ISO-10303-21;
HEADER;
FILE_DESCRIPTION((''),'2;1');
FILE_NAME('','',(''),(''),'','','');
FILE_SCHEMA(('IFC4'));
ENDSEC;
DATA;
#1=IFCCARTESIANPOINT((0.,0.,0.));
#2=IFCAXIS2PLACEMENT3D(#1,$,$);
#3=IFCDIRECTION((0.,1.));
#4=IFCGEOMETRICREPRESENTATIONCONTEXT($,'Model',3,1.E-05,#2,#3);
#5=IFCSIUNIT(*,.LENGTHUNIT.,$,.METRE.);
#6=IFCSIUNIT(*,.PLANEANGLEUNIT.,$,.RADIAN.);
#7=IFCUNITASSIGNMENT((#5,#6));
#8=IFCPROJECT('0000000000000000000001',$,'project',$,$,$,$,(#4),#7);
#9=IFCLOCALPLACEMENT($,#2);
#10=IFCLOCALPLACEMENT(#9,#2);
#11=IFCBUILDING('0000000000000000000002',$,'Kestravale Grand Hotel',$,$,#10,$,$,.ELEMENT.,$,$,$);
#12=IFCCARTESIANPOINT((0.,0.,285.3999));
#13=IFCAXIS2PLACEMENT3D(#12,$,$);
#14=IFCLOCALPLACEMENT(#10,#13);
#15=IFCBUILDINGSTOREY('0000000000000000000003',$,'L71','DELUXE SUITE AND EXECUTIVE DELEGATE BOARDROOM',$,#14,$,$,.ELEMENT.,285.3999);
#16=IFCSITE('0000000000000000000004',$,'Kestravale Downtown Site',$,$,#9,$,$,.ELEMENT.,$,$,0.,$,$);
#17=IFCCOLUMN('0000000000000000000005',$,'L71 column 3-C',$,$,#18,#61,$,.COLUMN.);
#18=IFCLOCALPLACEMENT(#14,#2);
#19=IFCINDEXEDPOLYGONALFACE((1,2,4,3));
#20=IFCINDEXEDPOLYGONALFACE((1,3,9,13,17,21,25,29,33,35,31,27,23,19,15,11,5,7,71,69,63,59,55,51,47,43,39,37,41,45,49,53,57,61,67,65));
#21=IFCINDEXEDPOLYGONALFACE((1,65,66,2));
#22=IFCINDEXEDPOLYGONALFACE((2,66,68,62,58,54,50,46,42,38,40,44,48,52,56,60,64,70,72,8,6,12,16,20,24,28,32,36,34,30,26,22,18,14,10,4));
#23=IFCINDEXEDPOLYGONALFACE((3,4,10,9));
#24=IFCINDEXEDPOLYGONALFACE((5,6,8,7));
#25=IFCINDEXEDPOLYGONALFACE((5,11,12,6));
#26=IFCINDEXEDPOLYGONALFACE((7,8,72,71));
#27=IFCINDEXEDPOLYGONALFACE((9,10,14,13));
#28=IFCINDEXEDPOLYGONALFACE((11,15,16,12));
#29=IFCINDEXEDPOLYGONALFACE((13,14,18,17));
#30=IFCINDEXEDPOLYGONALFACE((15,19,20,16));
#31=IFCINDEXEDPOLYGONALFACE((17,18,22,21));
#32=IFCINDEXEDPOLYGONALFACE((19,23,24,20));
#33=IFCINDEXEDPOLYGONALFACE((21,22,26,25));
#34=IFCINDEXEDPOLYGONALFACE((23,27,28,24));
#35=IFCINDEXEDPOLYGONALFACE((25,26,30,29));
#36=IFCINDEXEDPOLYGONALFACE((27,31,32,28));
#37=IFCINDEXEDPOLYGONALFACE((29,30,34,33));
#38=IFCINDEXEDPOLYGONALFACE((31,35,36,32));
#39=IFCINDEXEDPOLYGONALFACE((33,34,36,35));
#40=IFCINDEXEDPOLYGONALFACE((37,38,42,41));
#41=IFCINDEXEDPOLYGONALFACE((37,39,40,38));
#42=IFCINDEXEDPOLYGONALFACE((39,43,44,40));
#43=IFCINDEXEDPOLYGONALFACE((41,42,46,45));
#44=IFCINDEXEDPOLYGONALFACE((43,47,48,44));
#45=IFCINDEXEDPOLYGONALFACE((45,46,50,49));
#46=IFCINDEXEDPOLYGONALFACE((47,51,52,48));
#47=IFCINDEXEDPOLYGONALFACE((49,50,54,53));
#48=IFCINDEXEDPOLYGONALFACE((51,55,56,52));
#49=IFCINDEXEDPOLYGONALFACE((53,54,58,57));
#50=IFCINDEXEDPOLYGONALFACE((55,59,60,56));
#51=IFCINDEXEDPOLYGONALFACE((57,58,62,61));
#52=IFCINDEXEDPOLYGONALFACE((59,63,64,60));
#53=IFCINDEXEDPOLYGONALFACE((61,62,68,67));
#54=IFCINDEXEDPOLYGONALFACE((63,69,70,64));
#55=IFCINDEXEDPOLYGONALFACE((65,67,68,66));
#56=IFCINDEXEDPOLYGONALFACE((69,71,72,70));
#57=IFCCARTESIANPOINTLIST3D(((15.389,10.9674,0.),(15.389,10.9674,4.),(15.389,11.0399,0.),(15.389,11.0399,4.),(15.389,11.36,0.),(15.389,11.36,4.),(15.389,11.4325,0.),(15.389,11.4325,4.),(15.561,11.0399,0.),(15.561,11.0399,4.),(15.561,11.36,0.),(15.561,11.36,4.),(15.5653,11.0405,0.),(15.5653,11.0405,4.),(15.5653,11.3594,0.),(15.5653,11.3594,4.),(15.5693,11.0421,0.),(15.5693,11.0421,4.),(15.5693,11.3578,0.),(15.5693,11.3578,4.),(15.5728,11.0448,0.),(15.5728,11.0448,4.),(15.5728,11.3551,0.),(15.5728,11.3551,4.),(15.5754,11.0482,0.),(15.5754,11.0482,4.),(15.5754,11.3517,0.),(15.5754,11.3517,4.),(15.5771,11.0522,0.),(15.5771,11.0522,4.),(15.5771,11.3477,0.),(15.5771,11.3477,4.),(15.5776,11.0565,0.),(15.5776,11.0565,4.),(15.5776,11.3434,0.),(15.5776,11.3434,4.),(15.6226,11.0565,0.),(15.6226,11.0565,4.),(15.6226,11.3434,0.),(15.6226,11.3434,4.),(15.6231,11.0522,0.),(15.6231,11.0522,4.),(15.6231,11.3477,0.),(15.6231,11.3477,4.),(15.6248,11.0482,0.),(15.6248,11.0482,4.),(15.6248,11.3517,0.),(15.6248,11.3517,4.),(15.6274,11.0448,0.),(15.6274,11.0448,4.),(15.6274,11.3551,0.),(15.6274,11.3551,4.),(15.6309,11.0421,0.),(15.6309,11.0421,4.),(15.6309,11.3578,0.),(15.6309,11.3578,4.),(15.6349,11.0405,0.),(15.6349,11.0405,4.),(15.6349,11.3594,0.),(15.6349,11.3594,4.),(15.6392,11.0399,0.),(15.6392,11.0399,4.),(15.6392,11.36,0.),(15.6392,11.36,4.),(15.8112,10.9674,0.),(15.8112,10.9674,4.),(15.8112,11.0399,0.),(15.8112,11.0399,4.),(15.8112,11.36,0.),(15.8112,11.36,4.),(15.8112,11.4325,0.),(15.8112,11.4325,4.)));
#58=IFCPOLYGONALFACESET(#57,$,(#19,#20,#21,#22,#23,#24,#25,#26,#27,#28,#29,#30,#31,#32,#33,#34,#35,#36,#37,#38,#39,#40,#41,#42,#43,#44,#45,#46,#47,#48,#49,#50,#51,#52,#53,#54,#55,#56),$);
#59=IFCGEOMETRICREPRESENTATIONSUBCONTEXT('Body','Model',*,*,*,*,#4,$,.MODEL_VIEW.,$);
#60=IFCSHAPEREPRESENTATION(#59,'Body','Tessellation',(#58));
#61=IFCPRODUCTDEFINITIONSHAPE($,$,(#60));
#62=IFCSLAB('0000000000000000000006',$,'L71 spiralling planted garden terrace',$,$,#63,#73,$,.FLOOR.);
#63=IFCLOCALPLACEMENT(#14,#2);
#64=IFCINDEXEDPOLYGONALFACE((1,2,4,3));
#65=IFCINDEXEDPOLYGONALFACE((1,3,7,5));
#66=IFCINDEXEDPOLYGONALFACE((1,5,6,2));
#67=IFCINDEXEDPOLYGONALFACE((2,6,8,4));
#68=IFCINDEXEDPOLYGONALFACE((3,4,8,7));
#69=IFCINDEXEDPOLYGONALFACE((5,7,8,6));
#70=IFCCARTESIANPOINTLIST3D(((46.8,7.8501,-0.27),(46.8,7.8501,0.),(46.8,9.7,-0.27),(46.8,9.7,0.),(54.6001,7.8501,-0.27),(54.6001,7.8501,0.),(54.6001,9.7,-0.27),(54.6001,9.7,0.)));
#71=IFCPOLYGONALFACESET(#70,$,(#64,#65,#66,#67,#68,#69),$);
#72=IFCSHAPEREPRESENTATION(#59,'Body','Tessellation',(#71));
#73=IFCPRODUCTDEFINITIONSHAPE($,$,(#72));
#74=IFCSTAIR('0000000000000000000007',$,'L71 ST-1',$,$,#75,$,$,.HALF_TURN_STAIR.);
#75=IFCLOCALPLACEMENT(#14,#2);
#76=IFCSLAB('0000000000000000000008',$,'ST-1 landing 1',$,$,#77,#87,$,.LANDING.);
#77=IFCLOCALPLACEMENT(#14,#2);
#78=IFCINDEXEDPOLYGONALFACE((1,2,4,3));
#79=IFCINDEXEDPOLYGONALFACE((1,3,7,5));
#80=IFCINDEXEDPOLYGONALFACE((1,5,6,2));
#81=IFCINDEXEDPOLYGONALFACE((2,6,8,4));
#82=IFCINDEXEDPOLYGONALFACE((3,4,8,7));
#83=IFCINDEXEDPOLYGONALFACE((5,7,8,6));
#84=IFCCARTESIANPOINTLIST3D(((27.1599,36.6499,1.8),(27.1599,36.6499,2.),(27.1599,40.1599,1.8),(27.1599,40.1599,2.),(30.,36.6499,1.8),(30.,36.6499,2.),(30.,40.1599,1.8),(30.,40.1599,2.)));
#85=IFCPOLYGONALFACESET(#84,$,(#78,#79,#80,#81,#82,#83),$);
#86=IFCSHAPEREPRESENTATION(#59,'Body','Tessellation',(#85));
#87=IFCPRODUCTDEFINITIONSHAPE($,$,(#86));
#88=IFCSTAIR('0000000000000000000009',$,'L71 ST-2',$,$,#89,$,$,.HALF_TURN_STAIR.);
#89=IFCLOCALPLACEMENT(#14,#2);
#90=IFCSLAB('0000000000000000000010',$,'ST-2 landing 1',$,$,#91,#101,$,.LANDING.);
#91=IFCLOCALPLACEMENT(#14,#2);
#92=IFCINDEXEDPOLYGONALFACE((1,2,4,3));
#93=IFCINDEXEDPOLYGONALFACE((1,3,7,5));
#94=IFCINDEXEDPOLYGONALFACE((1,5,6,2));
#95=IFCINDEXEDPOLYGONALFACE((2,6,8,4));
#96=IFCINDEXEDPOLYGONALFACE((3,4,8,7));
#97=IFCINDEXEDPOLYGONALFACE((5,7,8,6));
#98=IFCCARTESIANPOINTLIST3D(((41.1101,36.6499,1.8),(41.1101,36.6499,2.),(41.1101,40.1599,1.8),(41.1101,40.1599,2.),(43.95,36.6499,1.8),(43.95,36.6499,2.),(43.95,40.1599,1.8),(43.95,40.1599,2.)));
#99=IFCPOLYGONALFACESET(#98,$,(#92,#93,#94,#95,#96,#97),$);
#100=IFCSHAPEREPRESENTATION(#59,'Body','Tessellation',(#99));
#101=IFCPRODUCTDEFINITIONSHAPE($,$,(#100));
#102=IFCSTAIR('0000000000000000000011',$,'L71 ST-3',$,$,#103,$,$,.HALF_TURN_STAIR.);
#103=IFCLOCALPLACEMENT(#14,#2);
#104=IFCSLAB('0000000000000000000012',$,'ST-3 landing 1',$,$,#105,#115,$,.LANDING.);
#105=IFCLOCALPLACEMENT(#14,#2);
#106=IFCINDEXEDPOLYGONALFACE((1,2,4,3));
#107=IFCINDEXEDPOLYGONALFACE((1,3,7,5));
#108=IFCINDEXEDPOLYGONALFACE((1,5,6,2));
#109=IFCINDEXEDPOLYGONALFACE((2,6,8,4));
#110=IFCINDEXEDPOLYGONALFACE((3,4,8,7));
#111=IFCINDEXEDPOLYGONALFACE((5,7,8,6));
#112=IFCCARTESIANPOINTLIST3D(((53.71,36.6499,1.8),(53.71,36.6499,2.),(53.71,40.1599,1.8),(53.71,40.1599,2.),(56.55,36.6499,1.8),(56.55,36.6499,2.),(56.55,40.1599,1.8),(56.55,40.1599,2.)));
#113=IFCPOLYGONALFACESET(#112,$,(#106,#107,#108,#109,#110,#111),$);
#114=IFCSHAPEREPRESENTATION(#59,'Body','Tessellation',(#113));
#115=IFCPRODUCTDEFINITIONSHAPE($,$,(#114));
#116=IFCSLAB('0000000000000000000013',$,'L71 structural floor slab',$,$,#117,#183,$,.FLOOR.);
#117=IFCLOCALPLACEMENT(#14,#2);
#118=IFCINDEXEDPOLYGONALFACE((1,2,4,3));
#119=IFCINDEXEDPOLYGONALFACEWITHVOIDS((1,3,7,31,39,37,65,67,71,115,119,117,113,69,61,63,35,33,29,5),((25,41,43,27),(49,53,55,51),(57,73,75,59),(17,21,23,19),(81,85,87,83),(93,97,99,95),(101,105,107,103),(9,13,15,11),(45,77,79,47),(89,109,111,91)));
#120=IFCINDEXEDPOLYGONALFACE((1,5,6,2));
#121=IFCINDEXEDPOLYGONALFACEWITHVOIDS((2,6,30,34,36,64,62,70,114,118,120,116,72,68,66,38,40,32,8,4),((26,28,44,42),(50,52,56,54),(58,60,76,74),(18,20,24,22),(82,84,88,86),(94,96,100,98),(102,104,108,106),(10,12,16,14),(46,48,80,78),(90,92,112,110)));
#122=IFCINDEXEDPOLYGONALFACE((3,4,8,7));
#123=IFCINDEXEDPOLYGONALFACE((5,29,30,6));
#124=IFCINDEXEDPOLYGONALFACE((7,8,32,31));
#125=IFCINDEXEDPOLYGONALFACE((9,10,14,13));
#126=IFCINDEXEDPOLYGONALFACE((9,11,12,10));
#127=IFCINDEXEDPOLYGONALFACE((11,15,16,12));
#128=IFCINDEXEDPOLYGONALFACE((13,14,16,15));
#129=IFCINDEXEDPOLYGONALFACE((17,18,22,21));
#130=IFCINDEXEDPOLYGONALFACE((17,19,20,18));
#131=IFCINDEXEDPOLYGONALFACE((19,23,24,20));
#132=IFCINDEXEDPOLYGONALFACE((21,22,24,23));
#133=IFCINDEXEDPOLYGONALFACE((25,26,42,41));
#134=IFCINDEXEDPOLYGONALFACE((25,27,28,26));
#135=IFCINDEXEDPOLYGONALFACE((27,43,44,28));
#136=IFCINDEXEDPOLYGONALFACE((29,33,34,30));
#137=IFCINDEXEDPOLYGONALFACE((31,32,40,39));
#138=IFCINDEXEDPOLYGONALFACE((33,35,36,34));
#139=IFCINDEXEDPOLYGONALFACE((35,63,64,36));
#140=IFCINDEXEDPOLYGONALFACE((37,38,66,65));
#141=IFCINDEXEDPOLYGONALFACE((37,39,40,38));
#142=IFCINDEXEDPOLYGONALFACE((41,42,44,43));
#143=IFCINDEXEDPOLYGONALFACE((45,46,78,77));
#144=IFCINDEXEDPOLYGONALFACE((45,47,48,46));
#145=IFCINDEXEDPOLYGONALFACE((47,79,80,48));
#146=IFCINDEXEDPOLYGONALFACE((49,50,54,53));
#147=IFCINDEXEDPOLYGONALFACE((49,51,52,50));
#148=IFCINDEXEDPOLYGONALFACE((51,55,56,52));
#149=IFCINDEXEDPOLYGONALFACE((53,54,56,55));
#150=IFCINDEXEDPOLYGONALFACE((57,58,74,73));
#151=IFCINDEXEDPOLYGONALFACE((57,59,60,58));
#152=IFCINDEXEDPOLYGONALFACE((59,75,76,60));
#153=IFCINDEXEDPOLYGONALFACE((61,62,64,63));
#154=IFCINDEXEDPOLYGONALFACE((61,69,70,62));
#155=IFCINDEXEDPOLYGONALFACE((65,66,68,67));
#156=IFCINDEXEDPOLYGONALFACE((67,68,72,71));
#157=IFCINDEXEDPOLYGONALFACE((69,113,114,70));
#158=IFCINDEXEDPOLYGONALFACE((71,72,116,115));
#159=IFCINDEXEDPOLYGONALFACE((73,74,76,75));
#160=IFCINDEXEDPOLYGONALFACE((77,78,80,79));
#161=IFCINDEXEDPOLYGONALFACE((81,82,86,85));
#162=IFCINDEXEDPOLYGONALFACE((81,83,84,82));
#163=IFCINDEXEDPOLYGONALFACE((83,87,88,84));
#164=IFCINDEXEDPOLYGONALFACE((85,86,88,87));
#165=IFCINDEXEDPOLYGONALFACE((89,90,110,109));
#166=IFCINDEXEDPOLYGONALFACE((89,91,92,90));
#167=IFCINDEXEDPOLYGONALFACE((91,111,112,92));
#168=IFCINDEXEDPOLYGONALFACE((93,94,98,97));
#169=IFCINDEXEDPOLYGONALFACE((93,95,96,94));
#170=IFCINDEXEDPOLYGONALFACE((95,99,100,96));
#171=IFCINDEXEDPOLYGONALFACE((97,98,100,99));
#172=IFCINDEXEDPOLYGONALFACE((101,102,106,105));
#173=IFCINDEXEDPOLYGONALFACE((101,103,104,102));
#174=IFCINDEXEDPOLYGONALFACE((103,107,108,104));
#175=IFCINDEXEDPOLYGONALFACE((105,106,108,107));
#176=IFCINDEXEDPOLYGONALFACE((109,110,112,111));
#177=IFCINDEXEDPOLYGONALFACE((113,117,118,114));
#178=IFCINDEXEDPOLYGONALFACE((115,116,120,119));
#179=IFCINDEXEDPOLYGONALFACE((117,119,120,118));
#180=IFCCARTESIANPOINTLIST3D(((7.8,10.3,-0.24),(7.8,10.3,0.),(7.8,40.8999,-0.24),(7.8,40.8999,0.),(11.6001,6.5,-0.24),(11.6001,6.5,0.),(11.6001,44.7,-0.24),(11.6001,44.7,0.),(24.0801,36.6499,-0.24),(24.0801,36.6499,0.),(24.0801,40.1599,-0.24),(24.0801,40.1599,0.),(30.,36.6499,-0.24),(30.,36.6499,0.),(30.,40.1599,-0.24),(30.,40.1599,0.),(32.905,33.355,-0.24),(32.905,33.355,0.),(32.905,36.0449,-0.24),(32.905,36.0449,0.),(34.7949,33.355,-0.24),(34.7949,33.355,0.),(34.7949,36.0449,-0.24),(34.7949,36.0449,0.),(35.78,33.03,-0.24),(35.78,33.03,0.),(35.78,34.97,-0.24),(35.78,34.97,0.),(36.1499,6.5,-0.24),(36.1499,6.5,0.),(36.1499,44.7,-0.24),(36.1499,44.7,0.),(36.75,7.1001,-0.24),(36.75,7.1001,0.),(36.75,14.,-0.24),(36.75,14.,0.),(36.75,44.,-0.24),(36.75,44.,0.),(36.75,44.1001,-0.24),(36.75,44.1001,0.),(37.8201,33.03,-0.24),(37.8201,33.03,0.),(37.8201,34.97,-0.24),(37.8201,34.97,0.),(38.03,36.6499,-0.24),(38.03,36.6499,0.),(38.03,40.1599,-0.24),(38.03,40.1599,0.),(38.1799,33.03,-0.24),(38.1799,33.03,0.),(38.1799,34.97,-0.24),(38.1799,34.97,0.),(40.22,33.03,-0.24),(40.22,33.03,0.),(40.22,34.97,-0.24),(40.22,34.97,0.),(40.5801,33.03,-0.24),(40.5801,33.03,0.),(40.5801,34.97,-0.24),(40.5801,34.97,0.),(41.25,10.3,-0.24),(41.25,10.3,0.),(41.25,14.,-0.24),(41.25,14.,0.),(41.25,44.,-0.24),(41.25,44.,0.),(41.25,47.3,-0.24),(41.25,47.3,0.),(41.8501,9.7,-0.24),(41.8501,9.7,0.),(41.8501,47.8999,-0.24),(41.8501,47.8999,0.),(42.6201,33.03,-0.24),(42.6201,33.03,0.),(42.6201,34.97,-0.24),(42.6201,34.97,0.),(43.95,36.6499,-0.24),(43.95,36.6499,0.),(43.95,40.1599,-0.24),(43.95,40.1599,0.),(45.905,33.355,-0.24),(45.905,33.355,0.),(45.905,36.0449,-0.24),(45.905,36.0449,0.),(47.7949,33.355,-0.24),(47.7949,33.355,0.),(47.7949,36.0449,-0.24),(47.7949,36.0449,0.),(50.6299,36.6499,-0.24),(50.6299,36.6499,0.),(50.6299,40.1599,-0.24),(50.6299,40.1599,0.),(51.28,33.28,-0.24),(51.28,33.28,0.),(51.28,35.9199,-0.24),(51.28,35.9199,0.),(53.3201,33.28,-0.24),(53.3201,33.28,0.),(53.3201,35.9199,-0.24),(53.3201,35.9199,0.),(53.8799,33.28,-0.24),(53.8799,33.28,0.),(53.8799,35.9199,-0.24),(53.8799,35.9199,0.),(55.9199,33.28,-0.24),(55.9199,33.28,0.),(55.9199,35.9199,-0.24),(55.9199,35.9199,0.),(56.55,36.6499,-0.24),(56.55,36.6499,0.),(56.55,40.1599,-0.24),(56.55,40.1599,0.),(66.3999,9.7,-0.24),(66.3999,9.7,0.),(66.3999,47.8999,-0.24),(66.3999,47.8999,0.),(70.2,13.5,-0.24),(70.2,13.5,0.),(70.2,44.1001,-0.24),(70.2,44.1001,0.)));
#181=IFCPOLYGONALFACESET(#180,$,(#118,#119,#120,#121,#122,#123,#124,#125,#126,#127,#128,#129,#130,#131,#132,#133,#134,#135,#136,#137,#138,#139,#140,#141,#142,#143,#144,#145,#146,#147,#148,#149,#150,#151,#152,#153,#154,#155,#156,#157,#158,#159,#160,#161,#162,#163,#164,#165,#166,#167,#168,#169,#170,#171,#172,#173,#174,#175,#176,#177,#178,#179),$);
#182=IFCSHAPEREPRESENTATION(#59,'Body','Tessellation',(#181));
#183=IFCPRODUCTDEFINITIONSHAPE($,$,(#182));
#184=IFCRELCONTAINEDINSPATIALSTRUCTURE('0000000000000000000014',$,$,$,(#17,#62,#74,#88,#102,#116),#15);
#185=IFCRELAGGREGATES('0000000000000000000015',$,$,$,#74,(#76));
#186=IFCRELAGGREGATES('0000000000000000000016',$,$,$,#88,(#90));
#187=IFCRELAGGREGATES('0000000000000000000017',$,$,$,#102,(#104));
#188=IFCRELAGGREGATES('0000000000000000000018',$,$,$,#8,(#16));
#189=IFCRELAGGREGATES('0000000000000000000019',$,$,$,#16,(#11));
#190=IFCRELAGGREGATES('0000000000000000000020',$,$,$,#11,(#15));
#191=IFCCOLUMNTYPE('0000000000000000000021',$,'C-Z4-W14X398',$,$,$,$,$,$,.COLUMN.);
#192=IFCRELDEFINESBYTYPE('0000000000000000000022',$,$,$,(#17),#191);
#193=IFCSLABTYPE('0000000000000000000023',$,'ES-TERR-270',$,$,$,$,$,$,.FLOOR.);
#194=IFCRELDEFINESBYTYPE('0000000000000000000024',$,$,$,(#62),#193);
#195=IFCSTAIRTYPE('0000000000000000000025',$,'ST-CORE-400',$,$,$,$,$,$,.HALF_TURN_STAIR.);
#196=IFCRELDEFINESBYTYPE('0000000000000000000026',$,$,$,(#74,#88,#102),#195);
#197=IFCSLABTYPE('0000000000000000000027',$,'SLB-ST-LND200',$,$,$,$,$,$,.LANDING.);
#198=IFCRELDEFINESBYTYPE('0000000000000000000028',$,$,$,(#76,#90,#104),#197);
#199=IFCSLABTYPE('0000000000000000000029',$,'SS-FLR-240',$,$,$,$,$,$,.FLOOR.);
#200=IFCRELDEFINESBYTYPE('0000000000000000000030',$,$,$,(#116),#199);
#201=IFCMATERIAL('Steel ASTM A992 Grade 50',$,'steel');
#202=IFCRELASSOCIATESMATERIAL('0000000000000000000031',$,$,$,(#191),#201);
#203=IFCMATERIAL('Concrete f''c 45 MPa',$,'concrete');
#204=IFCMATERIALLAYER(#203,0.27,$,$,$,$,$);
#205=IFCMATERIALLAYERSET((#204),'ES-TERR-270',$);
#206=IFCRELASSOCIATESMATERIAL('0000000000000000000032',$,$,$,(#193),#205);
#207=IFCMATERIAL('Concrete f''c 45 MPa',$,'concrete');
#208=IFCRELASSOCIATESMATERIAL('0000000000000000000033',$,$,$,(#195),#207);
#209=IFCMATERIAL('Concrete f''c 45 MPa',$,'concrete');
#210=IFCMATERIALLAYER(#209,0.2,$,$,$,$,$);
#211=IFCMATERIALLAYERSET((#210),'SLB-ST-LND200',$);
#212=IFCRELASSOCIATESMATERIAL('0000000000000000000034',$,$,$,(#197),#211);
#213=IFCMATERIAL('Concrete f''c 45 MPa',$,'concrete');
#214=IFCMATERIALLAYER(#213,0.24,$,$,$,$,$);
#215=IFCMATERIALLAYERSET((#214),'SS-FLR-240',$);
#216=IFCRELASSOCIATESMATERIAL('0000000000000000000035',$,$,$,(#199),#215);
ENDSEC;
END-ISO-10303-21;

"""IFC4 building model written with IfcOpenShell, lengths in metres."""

from ifc_helpers import new_model, si_unit, direction, frame, origin, origin_2d, place, context, subcontext, project, spatial, polyline, i_section, outline, extrude, material, layer, layer_set, material_profile, profile_set, type_object, element, aggregate, save


model = new_model("IFC4")

# Units and contexts
model_context = context("Model", 3, precision=1e-05, world=origin(), true_north=direction((0.0, 1.0)))
body_context = subcontext(model_context, "Body", "Model", "MODEL_VIEW")
ifc_project = project(units=[si_unit("LENGTHUNIT", "METRE"), si_unit("PLANEANGLEUNIT", "RADIAN")], contexts=[model_context])

# Site, building, storey
site_placement = place(None, origin())
site = spatial("IfcSite", under=ifc_project, at=site_placement, Name="Kestravale Downtown Site", CompositionType="ELEMENT", RefElevation=0.0)
building_placement = place(site_placement, origin())
building = spatial("IfcBuilding", under=site, at=building_placement, Name="Kestravale Grand Hotel", CompositionType="ELEMENT")
storey_placement = place(building_placement, frame((0.0, 0.0, 285.3999)))
storey = spatial("IfcBuildingStorey", under=building, at=storey_placement, Name="L71", Description="DELUXE SUITE AND EXECUTIVE DELEGATE BOARDROOM", CompositionType="ELEMENT", Elevation=285.3999)

# Column
ifc_material_1 = material(Name="Steel ASTM A992 Grade 50", Category="steel")
ifc_material_profile = material_profile(ifc_material_1, i_section(OverallWidth=0.4221, OverallDepth=0.4651, WebThickness=0.0449, FlangeThickness=0.0725, FilletRadius=0.0166, at=origin_2d()))
ifc_profile_set = profile_set([ifc_material_profile], Name="Steel ASTM A992 Grade 50")
column_type = type_object("IfcColumnType", Name="C-Z4-W14X398", PredefinedType="COLUMN", material=ifc_profile_set)
column_placement = place(storey_placement, frame((15.6001, 11.2, 0.0), z_axis=(0.0, 0.0, 1.0), x_axis=(1.0, 0.0, 0.0)))
element("IfcColumn", 1, at=column_placement, inside=storey, type_object=column_type, Name="L71 column 3-C", PredefinedType="COLUMN", context=body_context, shape_type="SweptSolid", body=[
    extrude(i_section(OverallWidth=0.4221, OverallDepth=0.4651, WebThickness=0.0449, FlangeThickness=0.0725, FilletRadius=0.0166, at=origin_2d()), origin(), (0.0, 0.0, 1.0), 4.0),
])

# Slab
ifc_material_2 = material(Name="Concrete f'c 45 MPa", Category="concrete")
ifc_layer_1 = layer(ifc_material_2, 0.27)
ifc_layer_set_1 = layer_set([ifc_layer_1], Name="ES-TERR-270")
slab_type_1 = type_object("IfcSlabType", Name="ES-TERR-270", PredefinedType="FLOOR", material=ifc_layer_set_1)
slab_1_placement = place(storey_placement, frame((0.0, 0.0, -0.27)))
element("IfcSlab", 2, at=slab_1_placement, inside=storey, type_object=slab_type_1, Name="L71 spiralling planted garden terrace", PredefinedType="FLOOR", context=body_context, shape_type="SweptSolid", body=[
    extrude(outline(polyline([(46.8, 7.8501), (54.6001, 7.8501), (54.6001, 9.7), (46.8, 9.7), (46.8, 7.8501)])), origin(), (0.0, 0.0, 1.0), 0.27),
])

# Stairs, slabs
ifc_material_3 = material(Name="Concrete f'c 45 MPa", Category="concrete")
stair_type = type_object("IfcStairType", Name="ST-CORE-400", PredefinedType="HALF_TURN_STAIR", material=ifc_material_3)
stair_1_placement = place(storey_placement, origin())
stair_1 = element("IfcStair", 3, at=stair_1_placement, inside=storey, type_object=stair_type, Name="L71 ST-1", PredefinedType="HALF_TURN_STAIR")
ifc_material_4 = material(Name="Concrete f'c 45 MPa", Category="concrete")
ifc_layer_2 = layer(ifc_material_4, 0.2)
ifc_layer_set_2 = layer_set([ifc_layer_2], Name="SLB-ST-LND200")
slab_type_2 = type_object("IfcSlabType", Name="SLB-ST-LND200", PredefinedType="LANDING", material=ifc_layer_set_2)
slab_2_placement = place(storey_placement, frame((0.0, 0.0, 1.8)))
slab_2 = element("IfcSlab", 4, at=slab_2_placement, type_object=slab_type_2, Name="ST-1 landing 1", PredefinedType="LANDING", context=body_context, shape_type="SweptSolid", body=[
    extrude(outline(polyline([(27.1599, 36.6499), (30.0, 36.6499), (30.0, 40.1599), (27.1599, 40.1599), (27.1599, 36.6499)])), origin(), (0.0, 0.0, 1.0), 0.2),
])
aggregate(stair_1, [slab_2])
stair_2_placement = place(storey_placement, origin())
stair_2 = element("IfcStair", 5, at=stair_2_placement, inside=storey, type_object=stair_type, Name="L71 ST-2", PredefinedType="HALF_TURN_STAIR")
slab_3_placement = place(storey_placement, frame((0.0, 0.0, 1.8)))
slab_3 = element("IfcSlab", 6, at=slab_3_placement, type_object=slab_type_2, Name="ST-2 landing 1", PredefinedType="LANDING", context=body_context, shape_type="SweptSolid", body=[
    extrude(outline(polyline([(41.1101, 36.6499), (43.95, 36.6499), (43.95, 40.1599), (41.1101, 40.1599), (41.1101, 36.6499)])), origin(), (0.0, 0.0, 1.0), 0.2),
])
aggregate(stair_2, [slab_3])
stair_3_placement = place(storey_placement, origin())
stair_3 = element("IfcStair", 7, at=stair_3_placement, inside=storey, type_object=stair_type, Name="L71 ST-3", PredefinedType="HALF_TURN_STAIR")
slab_4_placement = place(storey_placement, frame((0.0, 0.0, 1.8)))
slab_4 = element("IfcSlab", 8, at=slab_4_placement, type_object=slab_type_2, Name="ST-3 landing 1", PredefinedType="LANDING", context=body_context, shape_type="SweptSolid", body=[
    extrude(outline(polyline([(53.71, 36.6499), (56.55, 36.6499), (56.55, 40.1599), (53.71, 40.1599), (53.71, 36.6499)])), origin(), (0.0, 0.0, 1.0), 0.2),
])
aggregate(stair_3, [slab_4])

# Slab
ifc_material_5 = material(Name="Concrete f'c 45 MPa", Category="concrete")
ifc_layer_3 = layer(ifc_material_5, 0.24)
ifc_layer_set_3 = layer_set([ifc_layer_3], Name="SS-FLR-240")
slab_type_3 = type_object("IfcSlabType", Name="SS-FLR-240", PredefinedType="FLOOR", material=ifc_layer_set_3)
slab_5_placement = place(storey_placement, frame((0.0, 0.0, -0.24)))
element("IfcSlab", 9, at=slab_5_placement, inside=storey, type_object=slab_type_3, Name="L71 structural floor slab", PredefinedType="FLOOR", context=body_context, shape_type="SweptSolid", body=[
    extrude(outline(polyline([(11.6001, 6.5), (36.1499, 6.5), (36.75, 7.1001), (36.75, 14.0), (41.25, 14.0), (41.25, 10.3), (41.8501, 9.7), (66.3999, 9.7), (70.2, 13.5), (70.2, 44.1001), (66.3999, 47.8999), (41.8501, 47.8999), (41.25, 47.3), (41.25, 44.0), (36.75, 44.0), (36.75, 44.1001), (36.1499, 44.7), (11.6001, 44.7), (7.8, 40.8999), (7.8, 10.3), (11.6001, 6.5)]), holes=[polyline([(24.0801, 36.6499), (30.0, 36.6499), (30.0, 40.1599), (24.0801, 40.1599), (24.0801, 36.6499)]), polyline([(38.03, 36.6499), (43.95, 36.6499), (43.95, 40.1599), (38.03, 40.1599), (38.03, 36.6499)]), polyline([(50.6299, 36.6499), (56.55, 36.6499), (56.55, 40.1599), (50.6299, 40.1599), (50.6299, 36.6499)]), polyline([(35.78, 33.03), (37.8201, 33.03), (37.8201, 34.97), (35.78, 34.97), (35.78, 33.03)]), polyline([(38.1799, 33.03), (40.22, 33.03), (40.22, 34.97), (38.1799, 34.97), (38.1799, 33.03)]), polyline([(40.5801, 33.03), (42.6201, 33.03), (42.6201, 34.97), (40.5801, 34.97), (40.5801, 33.03)]), polyline([(32.905, 33.355), (34.7949, 33.355), (34.7949, 36.0449), (32.905, 36.0449), (32.905, 33.355)]), polyline([(45.905, 33.355), (47.7949, 33.355), (47.7949, 36.0449), (45.905, 36.0449), (45.905, 33.355)]), polyline([(51.28, 33.28), (53.3201, 33.28), (53.3201, 35.9199), (51.28, 35.9199), (51.28, 33.28)]), polyline([(53.8799, 33.28), (55.9199, 33.28), (55.9199, 35.9199), (53.8799, 35.9199), (53.8799, 33.28)])]), origin(), (0.0, 0.0, 1.0), 0.24),
])

save(model, "model.ifc")
